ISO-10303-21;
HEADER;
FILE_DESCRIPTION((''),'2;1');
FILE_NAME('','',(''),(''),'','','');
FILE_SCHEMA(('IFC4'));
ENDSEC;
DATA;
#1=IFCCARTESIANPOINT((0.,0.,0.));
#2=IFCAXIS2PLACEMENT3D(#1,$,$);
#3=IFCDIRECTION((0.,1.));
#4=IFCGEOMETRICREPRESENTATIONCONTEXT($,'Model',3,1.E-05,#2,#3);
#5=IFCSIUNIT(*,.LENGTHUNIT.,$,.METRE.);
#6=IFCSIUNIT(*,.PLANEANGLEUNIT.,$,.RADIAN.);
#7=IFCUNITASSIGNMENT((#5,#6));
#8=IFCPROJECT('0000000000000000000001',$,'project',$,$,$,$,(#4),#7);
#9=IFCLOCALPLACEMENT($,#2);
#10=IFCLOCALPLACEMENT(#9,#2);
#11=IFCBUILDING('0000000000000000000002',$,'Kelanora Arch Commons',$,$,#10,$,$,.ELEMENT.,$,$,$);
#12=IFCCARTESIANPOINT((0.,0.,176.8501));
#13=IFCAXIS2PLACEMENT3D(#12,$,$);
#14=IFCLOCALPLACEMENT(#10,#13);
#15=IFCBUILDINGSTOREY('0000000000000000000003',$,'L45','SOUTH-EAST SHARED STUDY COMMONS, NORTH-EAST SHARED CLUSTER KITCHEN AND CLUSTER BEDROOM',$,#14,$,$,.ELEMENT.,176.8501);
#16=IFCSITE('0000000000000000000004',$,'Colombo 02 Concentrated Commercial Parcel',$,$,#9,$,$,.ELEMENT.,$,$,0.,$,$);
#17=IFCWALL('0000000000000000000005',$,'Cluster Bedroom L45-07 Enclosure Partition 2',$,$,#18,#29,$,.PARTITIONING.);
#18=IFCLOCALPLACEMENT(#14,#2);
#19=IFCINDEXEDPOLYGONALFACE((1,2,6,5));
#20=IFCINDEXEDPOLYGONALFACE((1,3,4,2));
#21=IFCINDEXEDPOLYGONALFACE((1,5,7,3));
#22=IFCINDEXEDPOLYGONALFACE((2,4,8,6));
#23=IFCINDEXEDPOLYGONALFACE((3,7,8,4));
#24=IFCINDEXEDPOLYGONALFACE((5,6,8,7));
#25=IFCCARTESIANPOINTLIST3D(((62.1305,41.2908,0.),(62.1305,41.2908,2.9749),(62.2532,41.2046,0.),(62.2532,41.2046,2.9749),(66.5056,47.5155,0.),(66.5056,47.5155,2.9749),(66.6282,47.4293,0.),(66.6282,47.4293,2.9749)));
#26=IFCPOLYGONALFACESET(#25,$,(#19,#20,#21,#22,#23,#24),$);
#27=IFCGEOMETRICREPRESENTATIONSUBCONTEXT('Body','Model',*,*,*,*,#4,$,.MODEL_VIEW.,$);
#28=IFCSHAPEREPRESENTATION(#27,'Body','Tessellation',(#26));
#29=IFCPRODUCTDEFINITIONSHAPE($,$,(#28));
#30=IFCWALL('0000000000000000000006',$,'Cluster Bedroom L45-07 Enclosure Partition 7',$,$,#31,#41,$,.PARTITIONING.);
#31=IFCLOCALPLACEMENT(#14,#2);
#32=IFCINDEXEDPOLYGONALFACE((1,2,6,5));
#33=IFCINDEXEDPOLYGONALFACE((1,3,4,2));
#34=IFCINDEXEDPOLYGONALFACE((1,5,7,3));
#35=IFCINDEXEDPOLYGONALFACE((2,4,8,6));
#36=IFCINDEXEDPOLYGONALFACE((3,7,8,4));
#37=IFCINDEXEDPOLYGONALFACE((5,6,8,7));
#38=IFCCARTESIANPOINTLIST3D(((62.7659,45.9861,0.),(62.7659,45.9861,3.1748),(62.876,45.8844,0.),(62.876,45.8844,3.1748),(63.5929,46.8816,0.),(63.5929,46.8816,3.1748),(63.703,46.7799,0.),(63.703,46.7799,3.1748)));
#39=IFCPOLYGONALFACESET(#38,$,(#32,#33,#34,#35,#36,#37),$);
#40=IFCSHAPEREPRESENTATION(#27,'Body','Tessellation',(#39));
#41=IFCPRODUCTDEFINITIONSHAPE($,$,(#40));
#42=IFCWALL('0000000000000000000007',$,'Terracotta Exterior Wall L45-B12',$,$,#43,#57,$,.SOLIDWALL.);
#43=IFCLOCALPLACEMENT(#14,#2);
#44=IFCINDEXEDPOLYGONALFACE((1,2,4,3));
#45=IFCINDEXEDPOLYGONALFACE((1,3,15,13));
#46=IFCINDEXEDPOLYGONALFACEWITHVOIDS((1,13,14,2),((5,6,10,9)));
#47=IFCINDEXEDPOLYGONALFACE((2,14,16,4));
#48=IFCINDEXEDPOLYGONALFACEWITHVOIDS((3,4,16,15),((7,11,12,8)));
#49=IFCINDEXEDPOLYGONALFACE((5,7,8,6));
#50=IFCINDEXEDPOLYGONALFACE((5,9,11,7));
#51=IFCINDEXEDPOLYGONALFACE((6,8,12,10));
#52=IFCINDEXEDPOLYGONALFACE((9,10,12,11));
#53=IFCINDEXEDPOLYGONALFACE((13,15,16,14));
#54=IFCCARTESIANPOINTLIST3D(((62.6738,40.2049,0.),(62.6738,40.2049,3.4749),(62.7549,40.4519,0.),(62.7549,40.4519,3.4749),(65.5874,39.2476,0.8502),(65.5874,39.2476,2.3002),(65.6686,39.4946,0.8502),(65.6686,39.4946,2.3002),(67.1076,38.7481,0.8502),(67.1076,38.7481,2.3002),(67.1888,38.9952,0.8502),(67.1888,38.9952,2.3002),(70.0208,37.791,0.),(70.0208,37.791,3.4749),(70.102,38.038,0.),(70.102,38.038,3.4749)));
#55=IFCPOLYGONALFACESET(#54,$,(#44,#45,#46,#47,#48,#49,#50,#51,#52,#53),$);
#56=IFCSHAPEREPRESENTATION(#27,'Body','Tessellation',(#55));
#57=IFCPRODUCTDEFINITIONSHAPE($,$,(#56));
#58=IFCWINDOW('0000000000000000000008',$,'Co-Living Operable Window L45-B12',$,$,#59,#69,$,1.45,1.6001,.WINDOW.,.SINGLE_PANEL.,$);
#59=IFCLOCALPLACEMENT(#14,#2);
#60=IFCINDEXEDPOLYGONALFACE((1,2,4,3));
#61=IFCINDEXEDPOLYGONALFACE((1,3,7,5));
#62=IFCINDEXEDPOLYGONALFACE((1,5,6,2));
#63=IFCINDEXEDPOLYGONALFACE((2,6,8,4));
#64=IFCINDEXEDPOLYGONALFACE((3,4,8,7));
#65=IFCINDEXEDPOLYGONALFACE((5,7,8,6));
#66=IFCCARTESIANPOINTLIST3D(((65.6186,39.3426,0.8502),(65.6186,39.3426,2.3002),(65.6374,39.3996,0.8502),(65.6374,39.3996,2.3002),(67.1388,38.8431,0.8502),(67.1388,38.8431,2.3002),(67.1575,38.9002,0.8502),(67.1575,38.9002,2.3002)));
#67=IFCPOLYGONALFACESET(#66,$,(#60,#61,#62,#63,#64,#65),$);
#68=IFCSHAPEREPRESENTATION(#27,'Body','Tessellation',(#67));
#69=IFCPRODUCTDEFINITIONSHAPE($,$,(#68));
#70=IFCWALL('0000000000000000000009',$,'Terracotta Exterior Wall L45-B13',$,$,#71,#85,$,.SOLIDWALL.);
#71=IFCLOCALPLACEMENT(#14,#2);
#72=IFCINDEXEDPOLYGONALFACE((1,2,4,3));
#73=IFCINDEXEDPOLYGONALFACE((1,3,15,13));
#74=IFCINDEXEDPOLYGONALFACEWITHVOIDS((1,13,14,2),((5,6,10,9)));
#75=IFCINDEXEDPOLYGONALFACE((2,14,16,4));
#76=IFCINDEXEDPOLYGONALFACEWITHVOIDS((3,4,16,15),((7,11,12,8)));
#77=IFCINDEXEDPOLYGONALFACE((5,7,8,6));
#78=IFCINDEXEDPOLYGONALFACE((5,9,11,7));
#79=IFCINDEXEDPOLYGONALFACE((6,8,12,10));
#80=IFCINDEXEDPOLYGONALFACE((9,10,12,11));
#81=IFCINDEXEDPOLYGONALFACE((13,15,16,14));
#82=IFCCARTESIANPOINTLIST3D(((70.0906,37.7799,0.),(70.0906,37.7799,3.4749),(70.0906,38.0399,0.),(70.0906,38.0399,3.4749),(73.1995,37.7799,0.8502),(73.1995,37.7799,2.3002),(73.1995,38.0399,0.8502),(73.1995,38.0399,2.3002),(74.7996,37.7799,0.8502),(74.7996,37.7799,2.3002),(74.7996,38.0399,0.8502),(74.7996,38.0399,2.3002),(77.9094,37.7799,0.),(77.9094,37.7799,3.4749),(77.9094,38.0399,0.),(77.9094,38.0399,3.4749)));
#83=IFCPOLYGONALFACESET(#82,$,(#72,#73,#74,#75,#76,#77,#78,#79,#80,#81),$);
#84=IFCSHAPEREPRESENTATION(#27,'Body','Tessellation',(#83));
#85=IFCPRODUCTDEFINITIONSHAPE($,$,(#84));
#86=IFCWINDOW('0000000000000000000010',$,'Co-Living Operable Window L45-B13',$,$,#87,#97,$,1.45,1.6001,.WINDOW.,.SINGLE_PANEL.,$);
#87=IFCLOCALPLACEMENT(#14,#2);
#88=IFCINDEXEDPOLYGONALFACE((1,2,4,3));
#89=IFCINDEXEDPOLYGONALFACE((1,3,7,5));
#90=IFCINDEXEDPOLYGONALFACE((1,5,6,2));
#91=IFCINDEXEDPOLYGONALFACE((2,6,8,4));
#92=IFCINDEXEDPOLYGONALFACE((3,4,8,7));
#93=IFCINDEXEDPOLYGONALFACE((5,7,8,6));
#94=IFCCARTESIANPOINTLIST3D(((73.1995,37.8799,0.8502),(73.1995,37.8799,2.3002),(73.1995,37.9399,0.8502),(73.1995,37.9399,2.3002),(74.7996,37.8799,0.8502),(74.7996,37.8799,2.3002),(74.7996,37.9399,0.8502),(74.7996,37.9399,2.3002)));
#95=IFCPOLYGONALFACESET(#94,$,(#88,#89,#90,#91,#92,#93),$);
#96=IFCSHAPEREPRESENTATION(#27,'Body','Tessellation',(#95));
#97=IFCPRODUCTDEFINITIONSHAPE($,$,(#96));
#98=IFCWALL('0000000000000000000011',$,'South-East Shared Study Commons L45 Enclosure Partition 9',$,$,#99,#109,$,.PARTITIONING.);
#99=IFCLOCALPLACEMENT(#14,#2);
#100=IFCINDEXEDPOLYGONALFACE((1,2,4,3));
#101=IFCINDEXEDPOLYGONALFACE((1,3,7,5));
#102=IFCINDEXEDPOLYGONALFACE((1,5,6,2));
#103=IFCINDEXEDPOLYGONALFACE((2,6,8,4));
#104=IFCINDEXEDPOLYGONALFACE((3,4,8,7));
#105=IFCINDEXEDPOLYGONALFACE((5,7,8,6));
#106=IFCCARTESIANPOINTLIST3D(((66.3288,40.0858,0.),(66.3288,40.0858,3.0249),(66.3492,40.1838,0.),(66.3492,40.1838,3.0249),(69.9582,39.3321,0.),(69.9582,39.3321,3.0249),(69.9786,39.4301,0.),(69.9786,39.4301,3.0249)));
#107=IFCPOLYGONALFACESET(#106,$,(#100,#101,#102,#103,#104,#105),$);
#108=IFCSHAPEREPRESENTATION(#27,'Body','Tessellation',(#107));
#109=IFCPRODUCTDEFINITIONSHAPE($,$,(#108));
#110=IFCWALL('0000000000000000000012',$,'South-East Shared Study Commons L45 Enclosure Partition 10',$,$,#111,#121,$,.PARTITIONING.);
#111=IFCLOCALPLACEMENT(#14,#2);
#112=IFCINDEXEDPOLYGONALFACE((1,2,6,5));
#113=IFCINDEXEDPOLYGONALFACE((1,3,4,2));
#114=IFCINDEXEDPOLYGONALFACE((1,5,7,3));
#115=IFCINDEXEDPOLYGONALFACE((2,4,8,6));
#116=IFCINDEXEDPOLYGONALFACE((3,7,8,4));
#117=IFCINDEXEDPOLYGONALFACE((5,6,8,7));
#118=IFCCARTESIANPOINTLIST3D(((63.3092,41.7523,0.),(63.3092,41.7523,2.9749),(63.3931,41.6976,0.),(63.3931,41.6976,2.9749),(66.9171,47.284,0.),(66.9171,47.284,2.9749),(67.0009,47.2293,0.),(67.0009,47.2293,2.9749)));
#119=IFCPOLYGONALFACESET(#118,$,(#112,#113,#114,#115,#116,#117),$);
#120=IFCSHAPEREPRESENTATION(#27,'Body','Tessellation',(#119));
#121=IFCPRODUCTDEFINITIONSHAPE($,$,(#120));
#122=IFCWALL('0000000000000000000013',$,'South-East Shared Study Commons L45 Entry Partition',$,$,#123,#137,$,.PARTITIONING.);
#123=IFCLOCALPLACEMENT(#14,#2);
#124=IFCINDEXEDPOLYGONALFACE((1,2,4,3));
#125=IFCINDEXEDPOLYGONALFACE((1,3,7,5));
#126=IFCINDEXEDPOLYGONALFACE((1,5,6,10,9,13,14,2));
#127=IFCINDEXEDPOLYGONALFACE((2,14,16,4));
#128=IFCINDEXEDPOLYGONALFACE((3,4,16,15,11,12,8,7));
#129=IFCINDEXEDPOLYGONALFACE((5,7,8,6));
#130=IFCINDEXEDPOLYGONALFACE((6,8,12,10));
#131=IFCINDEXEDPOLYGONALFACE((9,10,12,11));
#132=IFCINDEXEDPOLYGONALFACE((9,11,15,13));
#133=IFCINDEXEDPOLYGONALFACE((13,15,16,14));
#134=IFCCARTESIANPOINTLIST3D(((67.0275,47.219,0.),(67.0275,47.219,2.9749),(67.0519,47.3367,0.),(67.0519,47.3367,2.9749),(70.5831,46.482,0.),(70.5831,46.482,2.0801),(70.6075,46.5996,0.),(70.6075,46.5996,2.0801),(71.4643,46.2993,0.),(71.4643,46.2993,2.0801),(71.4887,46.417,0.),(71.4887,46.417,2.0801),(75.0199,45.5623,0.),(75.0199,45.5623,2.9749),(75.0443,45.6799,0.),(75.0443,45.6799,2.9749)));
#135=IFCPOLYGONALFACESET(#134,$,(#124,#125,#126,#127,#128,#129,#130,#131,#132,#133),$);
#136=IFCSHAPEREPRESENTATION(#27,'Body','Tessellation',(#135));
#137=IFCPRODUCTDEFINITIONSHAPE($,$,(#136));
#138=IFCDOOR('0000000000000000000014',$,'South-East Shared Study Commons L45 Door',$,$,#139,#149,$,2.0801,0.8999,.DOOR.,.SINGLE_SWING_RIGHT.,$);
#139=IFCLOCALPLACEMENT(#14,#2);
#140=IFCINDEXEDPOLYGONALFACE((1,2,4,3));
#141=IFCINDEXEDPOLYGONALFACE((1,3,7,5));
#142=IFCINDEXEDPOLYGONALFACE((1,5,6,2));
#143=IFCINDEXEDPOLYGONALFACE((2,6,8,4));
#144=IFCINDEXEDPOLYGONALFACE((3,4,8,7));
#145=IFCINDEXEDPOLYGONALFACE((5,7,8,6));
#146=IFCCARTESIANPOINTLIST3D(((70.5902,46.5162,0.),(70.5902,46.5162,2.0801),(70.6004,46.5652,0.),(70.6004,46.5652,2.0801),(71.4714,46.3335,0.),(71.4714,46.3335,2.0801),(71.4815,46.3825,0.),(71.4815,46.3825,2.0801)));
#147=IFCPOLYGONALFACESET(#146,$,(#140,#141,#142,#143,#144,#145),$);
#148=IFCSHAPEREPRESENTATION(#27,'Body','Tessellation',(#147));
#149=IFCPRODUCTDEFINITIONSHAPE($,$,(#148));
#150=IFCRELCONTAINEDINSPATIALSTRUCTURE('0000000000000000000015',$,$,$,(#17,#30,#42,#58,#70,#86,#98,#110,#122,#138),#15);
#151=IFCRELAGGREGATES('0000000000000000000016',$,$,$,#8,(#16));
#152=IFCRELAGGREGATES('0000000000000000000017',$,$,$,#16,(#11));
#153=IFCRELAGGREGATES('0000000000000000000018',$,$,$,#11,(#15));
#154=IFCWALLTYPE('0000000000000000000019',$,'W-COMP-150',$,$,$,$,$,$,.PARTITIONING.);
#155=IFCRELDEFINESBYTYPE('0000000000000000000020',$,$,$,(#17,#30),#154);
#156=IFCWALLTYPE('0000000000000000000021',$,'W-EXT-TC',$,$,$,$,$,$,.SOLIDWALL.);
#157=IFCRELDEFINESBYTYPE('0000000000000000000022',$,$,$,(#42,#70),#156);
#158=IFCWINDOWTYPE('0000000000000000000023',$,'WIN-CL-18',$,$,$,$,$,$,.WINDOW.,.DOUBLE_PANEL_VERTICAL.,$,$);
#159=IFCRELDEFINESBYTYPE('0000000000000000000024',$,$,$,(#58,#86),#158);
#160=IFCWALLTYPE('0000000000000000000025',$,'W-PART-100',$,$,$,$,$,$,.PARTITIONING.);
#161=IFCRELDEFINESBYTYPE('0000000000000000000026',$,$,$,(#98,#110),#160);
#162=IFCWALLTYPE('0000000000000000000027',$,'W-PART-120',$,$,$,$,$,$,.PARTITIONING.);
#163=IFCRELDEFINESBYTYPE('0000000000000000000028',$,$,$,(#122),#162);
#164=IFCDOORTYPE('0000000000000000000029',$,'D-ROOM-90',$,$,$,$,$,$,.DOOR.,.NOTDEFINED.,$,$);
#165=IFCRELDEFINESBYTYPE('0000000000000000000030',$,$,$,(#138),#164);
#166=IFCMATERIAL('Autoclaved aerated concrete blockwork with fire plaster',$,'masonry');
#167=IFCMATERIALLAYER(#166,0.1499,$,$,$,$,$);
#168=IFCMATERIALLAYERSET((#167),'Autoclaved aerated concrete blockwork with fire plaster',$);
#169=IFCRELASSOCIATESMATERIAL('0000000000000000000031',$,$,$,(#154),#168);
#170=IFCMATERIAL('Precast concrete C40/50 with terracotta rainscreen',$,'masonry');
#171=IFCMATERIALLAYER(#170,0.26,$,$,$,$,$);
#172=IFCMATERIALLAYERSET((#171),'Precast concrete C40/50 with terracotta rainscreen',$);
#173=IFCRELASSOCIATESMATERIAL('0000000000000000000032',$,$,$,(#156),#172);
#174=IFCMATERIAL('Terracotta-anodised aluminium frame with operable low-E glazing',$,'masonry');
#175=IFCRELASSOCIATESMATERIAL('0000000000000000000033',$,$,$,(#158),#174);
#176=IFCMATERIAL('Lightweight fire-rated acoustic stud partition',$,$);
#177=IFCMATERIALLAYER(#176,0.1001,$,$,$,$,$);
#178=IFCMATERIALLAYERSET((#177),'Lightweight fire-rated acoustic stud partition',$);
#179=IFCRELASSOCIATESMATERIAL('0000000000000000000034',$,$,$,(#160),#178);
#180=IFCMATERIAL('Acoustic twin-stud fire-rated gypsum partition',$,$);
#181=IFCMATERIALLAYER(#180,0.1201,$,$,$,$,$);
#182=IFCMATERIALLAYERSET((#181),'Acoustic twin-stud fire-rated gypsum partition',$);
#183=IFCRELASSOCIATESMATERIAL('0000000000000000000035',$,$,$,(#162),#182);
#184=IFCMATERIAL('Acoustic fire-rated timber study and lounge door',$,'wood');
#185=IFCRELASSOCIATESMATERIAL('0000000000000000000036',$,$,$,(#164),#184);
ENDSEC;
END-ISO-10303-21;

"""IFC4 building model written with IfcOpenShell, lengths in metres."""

from ifc_helpers import new_model, si_unit, direction, frame, frame_2d, origin, place, context, subcontext, project, spatial, rectangle, extrude, material, layer, layer_set, type_object, element, fill, save


model = new_model("IFC4")

# Units and contexts
model_context = context("Model", 3, precision=1e-05, world=origin(), true_north=direction((0.0, 1.0)))
body_context = subcontext(model_context, "Body", "Model", "MODEL_VIEW")
ifc_project = project(units=[si_unit("LENGTHUNIT", "METRE"), si_unit("PLANEANGLEUNIT", "RADIAN")], contexts=[model_context])

# Site, building, storey
site_placement = place(None, origin())
site = spatial("IfcSite", under=ifc_project, at=site_placement, Name="Colombo 02 Concentrated Commercial Parcel", CompositionType="ELEMENT", RefElevation=0.0)
building_placement = place(site_placement, origin())
building = spatial("IfcBuilding", under=site, at=building_placement, Name="Kelanora Arch Commons", CompositionType="ELEMENT")
storey_placement = place(building_placement, frame((0.0, 0.0, 176.8501)))
storey = spatial("IfcBuildingStorey", under=building, at=storey_placement, Name="L45", Description="SOUTH-EAST SHARED STUDY COMMONS, NORTH-EAST SHARED CLUSTER KITCHEN AND CLUSTER BEDROOM", CompositionType="ELEMENT", Elevation=176.8501)

# Shared definitions
ifc_material_1 = material(Name="Autoclaved aerated concrete blockwork with fire plaster", Category="masonry")
ifc_layer_1 = layer(ifc_material_1, 0.1499)
ifc_layer_set_1 = layer_set([ifc_layer_1], Name="Autoclaved aerated concrete blockwork with fire plaster")
wall_type_1 = type_object("IfcWallType", Name="W-COMP-150", PredefinedType="PARTITIONING", material=ifc_layer_set_1)

# Walls
wall_1_placement = place(storey_placement, frame((66.5669, 47.4724, 0.0), z_axis=(0.0, 0.0, 1.0), x_axis=(-0.575029, -0.818133, 0.0)))
element("IfcWall", 1, at=wall_1_placement, inside=storey, type_object=wall_type_1, Name="Cluster Bedroom L45-07 Enclosure Partition 2", PredefinedType="PARTITIONING", context=body_context, shape_type="SweptSolid", body=[
    extrude(rectangle(XDim=7.6084, YDim=0.1499, at=frame_2d((3.8042, 0.0))), origin(), (0.0, 0.0, 1.0), 2.9749),
])
wall_2_placement = place(storey_placement, frame((62.821, 45.9353, 0.0), z_axis=(0.0, 0.0, 1.0), x_axis=(0.678405, 0.734688, 0.0)))
element("IfcWall", 2, at=wall_2_placement, inside=storey, type_object=wall_type_1, Name="Cluster Bedroom L45-07 Enclosure Partition 7", PredefinedType="PARTITIONING", context=body_context, shape_type="SweptSolid", body=[
    extrude(rectangle(XDim=1.219, YDim=0.1499, at=frame_2d((0.6094, 0.0))), origin(), (0.0, 0.0, 1.0), 3.1748),
])

# Walls, openings, windows
ifc_material_2 = material(Name="Precast concrete C40/50 with terracotta rainscreen", Category="masonry")
ifc_layer_2 = layer(ifc_material_2, 0.26)
ifc_layer_set_2 = layer_set([ifc_layer_2], Name="Precast concrete C40/50 with terracotta rainscreen")
wall_type_2 = type_object("IfcWallType", Name="W-EXT-TC", PredefinedType="SOLIDWALL", material=ifc_layer_set_2)
wall_3_placement = place(storey_placement, frame((62.7144, 40.3284, 0.0), z_axis=(0.0, 0.0, 1.0), x_axis=(0.950038, -0.312133, 0.0)))
wall_3 = element("IfcWall", 3, at=wall_3_placement, inside=storey, type_object=wall_type_2, Name="Terracotta Exterior Wall L45-B12", PredefinedType="SOLIDWALL", context=body_context, shape_type="SweptSolid", body=[
    extrude(rectangle(XDim=7.7334, YDim=0.26, at=frame_2d((3.8667, 0.0))), origin(), (0.0, 0.0, 1.0), 3.4749),
])
opening_1_placement = place(wall_3_placement, frame((3.0669, 0.0, 0.8501)))
opening_1 = element("IfcOpeningElement", 4, at=opening_1_placement, cuts=wall_3, PredefinedType="OPENING", context=body_context, shape_type="SweptSolid", body=[
    extrude(rectangle(XDim=1.6001, YDim=1.45, at=frame_2d((0.8, 0.7251))), frame((0.0, 0.1401, 0.0), z_axis=(0.0, -1.0, 0.0), x_axis=(1.0, 0.0, 0.0)), (0.0, 0.0, 1.0), 0.28),
])
ifc_material_3 = material(Name="Terracotta-anodised aluminium frame with operable low-E glazing", Category="masonry")
window_type = type_object("IfcWindowType", Name="WIN-CL-18", PartitioningType="DOUBLE_PANEL_VERTICAL", PredefinedType="WINDOW", material=ifc_material_3)
window_1_placement = place(opening_1_placement, origin())
window_1 = element("IfcWindow", 5, at=window_1_placement, inside=storey, type_object=window_type, Name="Co-Living Operable Window L45-B12", OverallHeight=1.45, OverallWidth=1.6001, PartitioningType="SINGLE_PANEL", PredefinedType="WINDOW", context=body_context, shape_type="SweptSolid", body=[
    extrude(rectangle(XDim=1.6001, YDim=1.45, at=frame_2d((0.8, 0.7251))), frame((0.0, 0.03, 0.0), z_axis=(0.0, -1.0, 0.0), x_axis=(1.0, 0.0, 0.0)), (0.0, 0.0, 1.0), 0.0601),
])
fill(opening_1, window_1)
wall_4_placement = place(storey_placement, frame((70.0906, 37.9099, 0.0), z_axis=(0.0, 0.0, 1.0), x_axis=(1.0, 0.0, 0.0)))
wall_4 = element("IfcWall", 6, at=wall_4_placement, inside=storey, type_object=wall_type_2, Name="Terracotta Exterior Wall L45-B13", PredefinedType="SOLIDWALL", context=body_context, shape_type="SweptSolid", body=[
    extrude(rectangle(XDim=7.8188, YDim=0.26, at=frame_2d((3.9094, 0.0))), origin(), (0.0, 0.0, 1.0), 3.4749),
])
opening_2_placement = place(wall_4_placement, frame((3.1089, 0.0, 0.8501)))
opening_2 = element("IfcOpeningElement", 7, at=opening_2_placement, cuts=wall_4, PredefinedType="OPENING", context=body_context, shape_type="SweptSolid", body=[
    extrude(rectangle(XDim=1.6001, YDim=1.45, at=frame_2d((0.8, 0.7251))), frame((0.0, 0.1401, 0.0), z_axis=(0.0, -1.0, 0.0), x_axis=(1.0, 0.0, 0.0)), (0.0, 0.0, 1.0), 0.28),
])
window_2_placement = place(opening_2_placement, origin())
window_2 = element("IfcWindow", 8, at=window_2_placement, inside=storey, type_object=window_type, Name="Co-Living Operable Window L45-B13", OverallHeight=1.45, OverallWidth=1.6001, PartitioningType="SINGLE_PANEL", PredefinedType="WINDOW", context=body_context, shape_type="SweptSolid", body=[
    extrude(rectangle(XDim=1.6001, YDim=1.45, at=frame_2d((0.8, 0.7251))), frame((0.0, 0.03, 0.0), z_axis=(0.0, -1.0, 0.0), x_axis=(1.0, 0.0, 0.0)), (0.0, 0.0, 1.0), 0.0601),
])
fill(opening_2, window_2)

# Walls
ifc_material_4 = material(Name="Lightweight fire-rated acoustic stud partition")
ifc_layer_3 = layer(ifc_material_4, 0.1001)
ifc_layer_set_3 = layer_set([ifc_layer_3], Name="Lightweight fire-rated acoustic stud partition")
wall_type_3 = type_object("IfcWallType", Name="W-PART-100", PredefinedType="PARTITIONING", material=ifc_layer_set_3)
wall_5_placement = place(storey_placement, frame((69.9685, 39.3811, 0.0), z_axis=(0.0, 0.0, 1.0), x_axis=(-0.979113, 0.203318, 0.0)))
element("IfcWall", 9, at=wall_5_placement, inside=storey, type_object=wall_type_3, Name="South-East Shared Study Commons L45 Enclosure Partition 9", PredefinedType="PARTITIONING", context=body_context, shape_type="SweptSolid", body=[
    extrude(rectangle(XDim=3.7068, YDim=0.1001, at=frame_2d((1.8535, 0.0))), origin(), (0.0, 0.0, 1.0), 3.0249),
])
wall_6_placement = place(storey_placement, frame((63.3511, 41.7249, 0.0), z_axis=(0.0, 0.0, 1.0), x_axis=(0.546295, 0.837593, 0.0)))
element("IfcWall", 10, at=wall_6_placement, inside=storey, type_object=wall_type_3, Name="South-East Shared Study Commons L45 Enclosure Partition 10", PredefinedType="PARTITIONING", context=body_context, shape_type="SweptSolid", body=[
    extrude(rectangle(XDim=6.6042, YDim=0.1001, at=frame_2d((3.3022, 0.0))), origin(), (0.0, 0.0, 1.0), 2.9749),
])

# Wall, opening, door
ifc_material_5 = material(Name="Acoustic twin-stud fire-rated gypsum partition")
ifc_layer_4 = layer(ifc_material_5, 0.1201)
ifc_layer_set_4 = layer_set([ifc_layer_4], Name="Acoustic twin-stud fire-rated gypsum partition")
wall_type_4 = type_object("IfcWallType", Name="W-PART-120", PredefinedType="PARTITIONING", material=ifc_layer_set_4)
wall_7_placement = place(storey_placement, frame((67.0398, 47.2778, 0.0), z_axis=(0.0, 0.0, 1.0), x_axis=(0.979184, -0.202974, 0.0)))
wall_7 = element("IfcWall", 11, at=wall_7_placement, inside=storey, type_object=wall_type_4, Name="South-East Shared Study Commons L45 Entry Partition", PredefinedType="PARTITIONING", context=body_context, shape_type="SweptSolid", body=[
    extrude(rectangle(XDim=8.1624, YDim=0.1201, at=frame_2d((4.0811, 0.0))), origin(), (0.0, 0.0, 1.0), 2.9749),
])
opening_3_placement = place(wall_7_placement, frame((3.6311, 0.0, 0.0)))
opening_3 = element("IfcOpeningElement", 12, at=opening_3_placement, cuts=wall_7, PredefinedType="OPENING", context=body_context, shape_type="SweptSolid", body=[
    extrude(rectangle(XDim=0.8999, YDim=2.0801, at=frame_2d((0.45, 1.04))), frame((0.0, 0.0701, 0.0), z_axis=(0.0, -1.0, 0.0), x_axis=(1.0, 0.0, 0.0)), (0.0, 0.0, 1.0), 0.1401),
])
ifc_material_6 = material(Name="Acoustic fire-rated timber study and lounge door", Category="wood")
door_type_1 = type_object("IfcDoorType", Name="D-ROOM-90", OperationType="NOTDEFINED", PredefinedType="DOOR", material=ifc_material_6)
door_1_placement = place(opening_3_placement, origin())
door_1 = element("IfcDoor", 13, at=door_1_placement, inside=storey, type_object=door_type_1, Name="South-East Shared Study Commons L45 Door", OperationType="SINGLE_SWING_RIGHT", OverallHeight=2.0801, OverallWidth=0.8999, PredefinedType="DOOR", context=body_context, shape_type="SweptSolid", body=[
    extrude(rectangle(XDim=0.8999, YDim=2.0801, at=frame_2d((0.45, 1.04))), frame((0.0, 0.0249, 0.0), z_axis=(0.0, -1.0, 0.0), x_axis=(1.0, 0.0, 0.0)), (0.0, 0.0, 1.0), 0.05),
])
fill(opening_3, door_1)

save(model, "model.ifc")
